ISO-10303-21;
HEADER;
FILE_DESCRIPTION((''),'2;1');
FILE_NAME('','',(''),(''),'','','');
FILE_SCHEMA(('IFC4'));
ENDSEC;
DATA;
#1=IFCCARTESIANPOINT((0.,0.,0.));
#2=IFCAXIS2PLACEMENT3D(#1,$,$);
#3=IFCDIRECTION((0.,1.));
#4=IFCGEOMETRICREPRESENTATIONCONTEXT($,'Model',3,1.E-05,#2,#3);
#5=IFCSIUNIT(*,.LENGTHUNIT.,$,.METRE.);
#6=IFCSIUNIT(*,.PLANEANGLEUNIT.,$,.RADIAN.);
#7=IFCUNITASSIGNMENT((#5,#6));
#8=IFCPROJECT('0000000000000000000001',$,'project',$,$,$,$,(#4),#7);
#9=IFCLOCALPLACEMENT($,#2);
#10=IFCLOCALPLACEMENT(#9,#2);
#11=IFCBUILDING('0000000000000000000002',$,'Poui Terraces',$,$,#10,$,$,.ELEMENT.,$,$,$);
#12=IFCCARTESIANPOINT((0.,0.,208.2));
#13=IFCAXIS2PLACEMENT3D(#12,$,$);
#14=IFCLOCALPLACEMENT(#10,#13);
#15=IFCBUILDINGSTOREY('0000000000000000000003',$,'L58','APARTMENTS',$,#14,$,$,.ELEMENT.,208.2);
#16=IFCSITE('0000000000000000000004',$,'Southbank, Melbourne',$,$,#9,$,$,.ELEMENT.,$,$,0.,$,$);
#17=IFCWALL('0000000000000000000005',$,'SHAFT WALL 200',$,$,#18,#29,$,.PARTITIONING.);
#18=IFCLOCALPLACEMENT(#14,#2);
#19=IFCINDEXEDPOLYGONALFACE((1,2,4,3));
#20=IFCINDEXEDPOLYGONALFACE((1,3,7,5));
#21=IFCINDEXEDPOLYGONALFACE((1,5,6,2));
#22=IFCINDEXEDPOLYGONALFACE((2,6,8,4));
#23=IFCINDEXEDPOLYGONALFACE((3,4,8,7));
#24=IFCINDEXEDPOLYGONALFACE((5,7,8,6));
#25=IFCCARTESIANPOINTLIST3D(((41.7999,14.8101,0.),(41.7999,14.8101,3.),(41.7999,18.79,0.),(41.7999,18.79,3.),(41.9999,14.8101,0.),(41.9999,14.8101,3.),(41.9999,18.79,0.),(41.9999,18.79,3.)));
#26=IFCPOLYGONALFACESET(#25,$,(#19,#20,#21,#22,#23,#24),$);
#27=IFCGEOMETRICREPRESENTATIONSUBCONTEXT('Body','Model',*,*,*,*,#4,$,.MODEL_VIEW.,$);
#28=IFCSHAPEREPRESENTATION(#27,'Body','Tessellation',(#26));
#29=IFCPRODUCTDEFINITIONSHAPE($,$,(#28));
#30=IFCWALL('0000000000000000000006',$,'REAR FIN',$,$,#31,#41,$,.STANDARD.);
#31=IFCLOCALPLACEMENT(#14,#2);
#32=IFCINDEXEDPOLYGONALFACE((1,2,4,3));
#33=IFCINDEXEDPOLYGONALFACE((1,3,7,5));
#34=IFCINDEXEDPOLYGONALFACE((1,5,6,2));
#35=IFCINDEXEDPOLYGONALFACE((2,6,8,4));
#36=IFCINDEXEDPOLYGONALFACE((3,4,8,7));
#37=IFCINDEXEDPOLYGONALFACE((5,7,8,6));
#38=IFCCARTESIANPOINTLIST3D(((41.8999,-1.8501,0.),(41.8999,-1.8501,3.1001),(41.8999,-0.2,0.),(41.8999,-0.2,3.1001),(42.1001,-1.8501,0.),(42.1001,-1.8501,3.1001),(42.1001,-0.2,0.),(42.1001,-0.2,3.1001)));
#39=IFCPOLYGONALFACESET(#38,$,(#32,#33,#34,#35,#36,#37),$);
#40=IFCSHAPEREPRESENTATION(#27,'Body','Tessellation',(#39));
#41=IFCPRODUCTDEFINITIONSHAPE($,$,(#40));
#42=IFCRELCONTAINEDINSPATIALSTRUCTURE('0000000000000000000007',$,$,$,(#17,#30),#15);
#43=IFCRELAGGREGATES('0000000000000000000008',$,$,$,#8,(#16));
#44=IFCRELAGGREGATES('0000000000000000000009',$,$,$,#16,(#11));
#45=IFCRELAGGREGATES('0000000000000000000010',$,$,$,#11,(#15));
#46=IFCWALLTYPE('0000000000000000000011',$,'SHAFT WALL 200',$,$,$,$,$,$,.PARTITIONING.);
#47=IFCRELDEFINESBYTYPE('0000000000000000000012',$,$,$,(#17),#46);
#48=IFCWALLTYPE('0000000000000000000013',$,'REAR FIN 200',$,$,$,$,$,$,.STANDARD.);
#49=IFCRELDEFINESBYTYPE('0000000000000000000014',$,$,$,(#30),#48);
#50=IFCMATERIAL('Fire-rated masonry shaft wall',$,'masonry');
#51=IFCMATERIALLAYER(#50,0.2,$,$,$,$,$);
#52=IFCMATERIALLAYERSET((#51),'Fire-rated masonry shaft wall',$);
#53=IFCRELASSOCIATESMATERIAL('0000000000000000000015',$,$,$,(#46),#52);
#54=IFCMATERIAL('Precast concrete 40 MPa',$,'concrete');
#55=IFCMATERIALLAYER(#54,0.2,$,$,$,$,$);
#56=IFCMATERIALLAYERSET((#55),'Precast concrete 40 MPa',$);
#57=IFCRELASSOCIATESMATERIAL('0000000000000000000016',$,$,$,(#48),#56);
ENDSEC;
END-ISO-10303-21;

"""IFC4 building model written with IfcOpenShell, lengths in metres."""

from ifc_helpers import new_model, si_unit, direction, frame, frame_2d, origin, place, context, subcontext, project, spatial, polyline, rectangle, outline, extrude, source, transform, mapped, material, layer, layer_set, type_object, element, save


model = new_model("IFC4")

# Units and contexts
model_context = context("Model", 3, precision=1e-05, world=origin(), true_north=direction((0.0, 1.0)))
body_context = subcontext(model_context, "Body", "Model", "MODEL_VIEW")
ifc_project = project(units=[si_unit("LENGTHUNIT", "METRE"), si_unit("PLANEANGLEUNIT", "RADIAN")], contexts=[model_context])

# Site, building, storey
site_placement = place(None, origin())
site = spatial("IfcSite", under=ifc_project, at=site_placement, Name="Southbank, Melbourne", CompositionType="ELEMENT", RefElevation=0.0)
building_placement = place(site_placement, origin())
building = spatial("IfcBuilding", under=site, at=building_placement, Name="Poui Terraces", CompositionType="ELEMENT")
storey_placement = place(building_placement, frame((0.0, 0.0, 208.2)))
storey = spatial("IfcBuildingStorey", under=building, at=storey_placement, Name="L58", Description="APARTMENTS", CompositionType="ELEMENT", Elevation=208.2)

# Shared definitions
ifc_material_1 = material(Name="Fire-rated masonry shaft wall", Category="masonry")
ifc_layer_1 = layer(ifc_material_1, 0.2)
ifc_layer_set_1 = layer_set([ifc_layer_1], Name="Fire-rated masonry shaft wall")
wall_type_1 = type_object("IfcWallType", Name="SHAFT WALL 200", PredefinedType="PARTITIONING", material=ifc_layer_set_1)

# Walls
wall_1_placement = place(storey_placement, frame((41.8999, 14.8101, 0.0), z_axis=(0.0, 0.0, 1.0), x_axis=(0.0, 1.0, 0.0)))
element("IfcWall", 1, at=wall_1_placement, inside=storey, type_object=wall_type_1, Name="SHAFT WALL 200", PredefinedType="PARTITIONING", context=body_context, shape_type="SweptSolid", body=[
    extrude(rectangle(XDim=3.98, YDim=0.2, at=frame_2d((1.99, 0.0))), origin(), (0.0, 0.0, 1.0), 3.0),
])
ifc_material_2 = material(Name="Precast concrete 40 MPa", Category="concrete")
ifc_layer_2 = layer(ifc_material_2, 0.2)
ifc_layer_set_2 = layer_set([ifc_layer_2], Name="Precast concrete 40 MPa")
wall_type_2 = type_object("IfcWallType", Name="REAR FIN 200", PredefinedType="STANDARD", material=ifc_layer_set_2)
shared_shape_1 = source(origin(), body_context, "Body", "SweptSolid", [
    extrude(outline(polyline([(0.0, 0.0), (0.2002, 0.0), (0.2002, 1.6501), (0.0, 1.6501), (0.0, 0.0)])), origin(), (0.0, 0.0, 1.0), 3.1001),
])
wall_2_placement = place(storey_placement, frame((41.8999, -1.8501, 0.0)))
element("IfcWall", 2, at=wall_2_placement, inside=storey, type_object=wall_type_2, Name="REAR FIN", PredefinedType="STANDARD", context=body_context, shape_type="MappedRepresentation", body=[
    mapped(shared_shape_1, transform((0.0, 0.0, 0.0))),
])

save(model, "model.ifc")
